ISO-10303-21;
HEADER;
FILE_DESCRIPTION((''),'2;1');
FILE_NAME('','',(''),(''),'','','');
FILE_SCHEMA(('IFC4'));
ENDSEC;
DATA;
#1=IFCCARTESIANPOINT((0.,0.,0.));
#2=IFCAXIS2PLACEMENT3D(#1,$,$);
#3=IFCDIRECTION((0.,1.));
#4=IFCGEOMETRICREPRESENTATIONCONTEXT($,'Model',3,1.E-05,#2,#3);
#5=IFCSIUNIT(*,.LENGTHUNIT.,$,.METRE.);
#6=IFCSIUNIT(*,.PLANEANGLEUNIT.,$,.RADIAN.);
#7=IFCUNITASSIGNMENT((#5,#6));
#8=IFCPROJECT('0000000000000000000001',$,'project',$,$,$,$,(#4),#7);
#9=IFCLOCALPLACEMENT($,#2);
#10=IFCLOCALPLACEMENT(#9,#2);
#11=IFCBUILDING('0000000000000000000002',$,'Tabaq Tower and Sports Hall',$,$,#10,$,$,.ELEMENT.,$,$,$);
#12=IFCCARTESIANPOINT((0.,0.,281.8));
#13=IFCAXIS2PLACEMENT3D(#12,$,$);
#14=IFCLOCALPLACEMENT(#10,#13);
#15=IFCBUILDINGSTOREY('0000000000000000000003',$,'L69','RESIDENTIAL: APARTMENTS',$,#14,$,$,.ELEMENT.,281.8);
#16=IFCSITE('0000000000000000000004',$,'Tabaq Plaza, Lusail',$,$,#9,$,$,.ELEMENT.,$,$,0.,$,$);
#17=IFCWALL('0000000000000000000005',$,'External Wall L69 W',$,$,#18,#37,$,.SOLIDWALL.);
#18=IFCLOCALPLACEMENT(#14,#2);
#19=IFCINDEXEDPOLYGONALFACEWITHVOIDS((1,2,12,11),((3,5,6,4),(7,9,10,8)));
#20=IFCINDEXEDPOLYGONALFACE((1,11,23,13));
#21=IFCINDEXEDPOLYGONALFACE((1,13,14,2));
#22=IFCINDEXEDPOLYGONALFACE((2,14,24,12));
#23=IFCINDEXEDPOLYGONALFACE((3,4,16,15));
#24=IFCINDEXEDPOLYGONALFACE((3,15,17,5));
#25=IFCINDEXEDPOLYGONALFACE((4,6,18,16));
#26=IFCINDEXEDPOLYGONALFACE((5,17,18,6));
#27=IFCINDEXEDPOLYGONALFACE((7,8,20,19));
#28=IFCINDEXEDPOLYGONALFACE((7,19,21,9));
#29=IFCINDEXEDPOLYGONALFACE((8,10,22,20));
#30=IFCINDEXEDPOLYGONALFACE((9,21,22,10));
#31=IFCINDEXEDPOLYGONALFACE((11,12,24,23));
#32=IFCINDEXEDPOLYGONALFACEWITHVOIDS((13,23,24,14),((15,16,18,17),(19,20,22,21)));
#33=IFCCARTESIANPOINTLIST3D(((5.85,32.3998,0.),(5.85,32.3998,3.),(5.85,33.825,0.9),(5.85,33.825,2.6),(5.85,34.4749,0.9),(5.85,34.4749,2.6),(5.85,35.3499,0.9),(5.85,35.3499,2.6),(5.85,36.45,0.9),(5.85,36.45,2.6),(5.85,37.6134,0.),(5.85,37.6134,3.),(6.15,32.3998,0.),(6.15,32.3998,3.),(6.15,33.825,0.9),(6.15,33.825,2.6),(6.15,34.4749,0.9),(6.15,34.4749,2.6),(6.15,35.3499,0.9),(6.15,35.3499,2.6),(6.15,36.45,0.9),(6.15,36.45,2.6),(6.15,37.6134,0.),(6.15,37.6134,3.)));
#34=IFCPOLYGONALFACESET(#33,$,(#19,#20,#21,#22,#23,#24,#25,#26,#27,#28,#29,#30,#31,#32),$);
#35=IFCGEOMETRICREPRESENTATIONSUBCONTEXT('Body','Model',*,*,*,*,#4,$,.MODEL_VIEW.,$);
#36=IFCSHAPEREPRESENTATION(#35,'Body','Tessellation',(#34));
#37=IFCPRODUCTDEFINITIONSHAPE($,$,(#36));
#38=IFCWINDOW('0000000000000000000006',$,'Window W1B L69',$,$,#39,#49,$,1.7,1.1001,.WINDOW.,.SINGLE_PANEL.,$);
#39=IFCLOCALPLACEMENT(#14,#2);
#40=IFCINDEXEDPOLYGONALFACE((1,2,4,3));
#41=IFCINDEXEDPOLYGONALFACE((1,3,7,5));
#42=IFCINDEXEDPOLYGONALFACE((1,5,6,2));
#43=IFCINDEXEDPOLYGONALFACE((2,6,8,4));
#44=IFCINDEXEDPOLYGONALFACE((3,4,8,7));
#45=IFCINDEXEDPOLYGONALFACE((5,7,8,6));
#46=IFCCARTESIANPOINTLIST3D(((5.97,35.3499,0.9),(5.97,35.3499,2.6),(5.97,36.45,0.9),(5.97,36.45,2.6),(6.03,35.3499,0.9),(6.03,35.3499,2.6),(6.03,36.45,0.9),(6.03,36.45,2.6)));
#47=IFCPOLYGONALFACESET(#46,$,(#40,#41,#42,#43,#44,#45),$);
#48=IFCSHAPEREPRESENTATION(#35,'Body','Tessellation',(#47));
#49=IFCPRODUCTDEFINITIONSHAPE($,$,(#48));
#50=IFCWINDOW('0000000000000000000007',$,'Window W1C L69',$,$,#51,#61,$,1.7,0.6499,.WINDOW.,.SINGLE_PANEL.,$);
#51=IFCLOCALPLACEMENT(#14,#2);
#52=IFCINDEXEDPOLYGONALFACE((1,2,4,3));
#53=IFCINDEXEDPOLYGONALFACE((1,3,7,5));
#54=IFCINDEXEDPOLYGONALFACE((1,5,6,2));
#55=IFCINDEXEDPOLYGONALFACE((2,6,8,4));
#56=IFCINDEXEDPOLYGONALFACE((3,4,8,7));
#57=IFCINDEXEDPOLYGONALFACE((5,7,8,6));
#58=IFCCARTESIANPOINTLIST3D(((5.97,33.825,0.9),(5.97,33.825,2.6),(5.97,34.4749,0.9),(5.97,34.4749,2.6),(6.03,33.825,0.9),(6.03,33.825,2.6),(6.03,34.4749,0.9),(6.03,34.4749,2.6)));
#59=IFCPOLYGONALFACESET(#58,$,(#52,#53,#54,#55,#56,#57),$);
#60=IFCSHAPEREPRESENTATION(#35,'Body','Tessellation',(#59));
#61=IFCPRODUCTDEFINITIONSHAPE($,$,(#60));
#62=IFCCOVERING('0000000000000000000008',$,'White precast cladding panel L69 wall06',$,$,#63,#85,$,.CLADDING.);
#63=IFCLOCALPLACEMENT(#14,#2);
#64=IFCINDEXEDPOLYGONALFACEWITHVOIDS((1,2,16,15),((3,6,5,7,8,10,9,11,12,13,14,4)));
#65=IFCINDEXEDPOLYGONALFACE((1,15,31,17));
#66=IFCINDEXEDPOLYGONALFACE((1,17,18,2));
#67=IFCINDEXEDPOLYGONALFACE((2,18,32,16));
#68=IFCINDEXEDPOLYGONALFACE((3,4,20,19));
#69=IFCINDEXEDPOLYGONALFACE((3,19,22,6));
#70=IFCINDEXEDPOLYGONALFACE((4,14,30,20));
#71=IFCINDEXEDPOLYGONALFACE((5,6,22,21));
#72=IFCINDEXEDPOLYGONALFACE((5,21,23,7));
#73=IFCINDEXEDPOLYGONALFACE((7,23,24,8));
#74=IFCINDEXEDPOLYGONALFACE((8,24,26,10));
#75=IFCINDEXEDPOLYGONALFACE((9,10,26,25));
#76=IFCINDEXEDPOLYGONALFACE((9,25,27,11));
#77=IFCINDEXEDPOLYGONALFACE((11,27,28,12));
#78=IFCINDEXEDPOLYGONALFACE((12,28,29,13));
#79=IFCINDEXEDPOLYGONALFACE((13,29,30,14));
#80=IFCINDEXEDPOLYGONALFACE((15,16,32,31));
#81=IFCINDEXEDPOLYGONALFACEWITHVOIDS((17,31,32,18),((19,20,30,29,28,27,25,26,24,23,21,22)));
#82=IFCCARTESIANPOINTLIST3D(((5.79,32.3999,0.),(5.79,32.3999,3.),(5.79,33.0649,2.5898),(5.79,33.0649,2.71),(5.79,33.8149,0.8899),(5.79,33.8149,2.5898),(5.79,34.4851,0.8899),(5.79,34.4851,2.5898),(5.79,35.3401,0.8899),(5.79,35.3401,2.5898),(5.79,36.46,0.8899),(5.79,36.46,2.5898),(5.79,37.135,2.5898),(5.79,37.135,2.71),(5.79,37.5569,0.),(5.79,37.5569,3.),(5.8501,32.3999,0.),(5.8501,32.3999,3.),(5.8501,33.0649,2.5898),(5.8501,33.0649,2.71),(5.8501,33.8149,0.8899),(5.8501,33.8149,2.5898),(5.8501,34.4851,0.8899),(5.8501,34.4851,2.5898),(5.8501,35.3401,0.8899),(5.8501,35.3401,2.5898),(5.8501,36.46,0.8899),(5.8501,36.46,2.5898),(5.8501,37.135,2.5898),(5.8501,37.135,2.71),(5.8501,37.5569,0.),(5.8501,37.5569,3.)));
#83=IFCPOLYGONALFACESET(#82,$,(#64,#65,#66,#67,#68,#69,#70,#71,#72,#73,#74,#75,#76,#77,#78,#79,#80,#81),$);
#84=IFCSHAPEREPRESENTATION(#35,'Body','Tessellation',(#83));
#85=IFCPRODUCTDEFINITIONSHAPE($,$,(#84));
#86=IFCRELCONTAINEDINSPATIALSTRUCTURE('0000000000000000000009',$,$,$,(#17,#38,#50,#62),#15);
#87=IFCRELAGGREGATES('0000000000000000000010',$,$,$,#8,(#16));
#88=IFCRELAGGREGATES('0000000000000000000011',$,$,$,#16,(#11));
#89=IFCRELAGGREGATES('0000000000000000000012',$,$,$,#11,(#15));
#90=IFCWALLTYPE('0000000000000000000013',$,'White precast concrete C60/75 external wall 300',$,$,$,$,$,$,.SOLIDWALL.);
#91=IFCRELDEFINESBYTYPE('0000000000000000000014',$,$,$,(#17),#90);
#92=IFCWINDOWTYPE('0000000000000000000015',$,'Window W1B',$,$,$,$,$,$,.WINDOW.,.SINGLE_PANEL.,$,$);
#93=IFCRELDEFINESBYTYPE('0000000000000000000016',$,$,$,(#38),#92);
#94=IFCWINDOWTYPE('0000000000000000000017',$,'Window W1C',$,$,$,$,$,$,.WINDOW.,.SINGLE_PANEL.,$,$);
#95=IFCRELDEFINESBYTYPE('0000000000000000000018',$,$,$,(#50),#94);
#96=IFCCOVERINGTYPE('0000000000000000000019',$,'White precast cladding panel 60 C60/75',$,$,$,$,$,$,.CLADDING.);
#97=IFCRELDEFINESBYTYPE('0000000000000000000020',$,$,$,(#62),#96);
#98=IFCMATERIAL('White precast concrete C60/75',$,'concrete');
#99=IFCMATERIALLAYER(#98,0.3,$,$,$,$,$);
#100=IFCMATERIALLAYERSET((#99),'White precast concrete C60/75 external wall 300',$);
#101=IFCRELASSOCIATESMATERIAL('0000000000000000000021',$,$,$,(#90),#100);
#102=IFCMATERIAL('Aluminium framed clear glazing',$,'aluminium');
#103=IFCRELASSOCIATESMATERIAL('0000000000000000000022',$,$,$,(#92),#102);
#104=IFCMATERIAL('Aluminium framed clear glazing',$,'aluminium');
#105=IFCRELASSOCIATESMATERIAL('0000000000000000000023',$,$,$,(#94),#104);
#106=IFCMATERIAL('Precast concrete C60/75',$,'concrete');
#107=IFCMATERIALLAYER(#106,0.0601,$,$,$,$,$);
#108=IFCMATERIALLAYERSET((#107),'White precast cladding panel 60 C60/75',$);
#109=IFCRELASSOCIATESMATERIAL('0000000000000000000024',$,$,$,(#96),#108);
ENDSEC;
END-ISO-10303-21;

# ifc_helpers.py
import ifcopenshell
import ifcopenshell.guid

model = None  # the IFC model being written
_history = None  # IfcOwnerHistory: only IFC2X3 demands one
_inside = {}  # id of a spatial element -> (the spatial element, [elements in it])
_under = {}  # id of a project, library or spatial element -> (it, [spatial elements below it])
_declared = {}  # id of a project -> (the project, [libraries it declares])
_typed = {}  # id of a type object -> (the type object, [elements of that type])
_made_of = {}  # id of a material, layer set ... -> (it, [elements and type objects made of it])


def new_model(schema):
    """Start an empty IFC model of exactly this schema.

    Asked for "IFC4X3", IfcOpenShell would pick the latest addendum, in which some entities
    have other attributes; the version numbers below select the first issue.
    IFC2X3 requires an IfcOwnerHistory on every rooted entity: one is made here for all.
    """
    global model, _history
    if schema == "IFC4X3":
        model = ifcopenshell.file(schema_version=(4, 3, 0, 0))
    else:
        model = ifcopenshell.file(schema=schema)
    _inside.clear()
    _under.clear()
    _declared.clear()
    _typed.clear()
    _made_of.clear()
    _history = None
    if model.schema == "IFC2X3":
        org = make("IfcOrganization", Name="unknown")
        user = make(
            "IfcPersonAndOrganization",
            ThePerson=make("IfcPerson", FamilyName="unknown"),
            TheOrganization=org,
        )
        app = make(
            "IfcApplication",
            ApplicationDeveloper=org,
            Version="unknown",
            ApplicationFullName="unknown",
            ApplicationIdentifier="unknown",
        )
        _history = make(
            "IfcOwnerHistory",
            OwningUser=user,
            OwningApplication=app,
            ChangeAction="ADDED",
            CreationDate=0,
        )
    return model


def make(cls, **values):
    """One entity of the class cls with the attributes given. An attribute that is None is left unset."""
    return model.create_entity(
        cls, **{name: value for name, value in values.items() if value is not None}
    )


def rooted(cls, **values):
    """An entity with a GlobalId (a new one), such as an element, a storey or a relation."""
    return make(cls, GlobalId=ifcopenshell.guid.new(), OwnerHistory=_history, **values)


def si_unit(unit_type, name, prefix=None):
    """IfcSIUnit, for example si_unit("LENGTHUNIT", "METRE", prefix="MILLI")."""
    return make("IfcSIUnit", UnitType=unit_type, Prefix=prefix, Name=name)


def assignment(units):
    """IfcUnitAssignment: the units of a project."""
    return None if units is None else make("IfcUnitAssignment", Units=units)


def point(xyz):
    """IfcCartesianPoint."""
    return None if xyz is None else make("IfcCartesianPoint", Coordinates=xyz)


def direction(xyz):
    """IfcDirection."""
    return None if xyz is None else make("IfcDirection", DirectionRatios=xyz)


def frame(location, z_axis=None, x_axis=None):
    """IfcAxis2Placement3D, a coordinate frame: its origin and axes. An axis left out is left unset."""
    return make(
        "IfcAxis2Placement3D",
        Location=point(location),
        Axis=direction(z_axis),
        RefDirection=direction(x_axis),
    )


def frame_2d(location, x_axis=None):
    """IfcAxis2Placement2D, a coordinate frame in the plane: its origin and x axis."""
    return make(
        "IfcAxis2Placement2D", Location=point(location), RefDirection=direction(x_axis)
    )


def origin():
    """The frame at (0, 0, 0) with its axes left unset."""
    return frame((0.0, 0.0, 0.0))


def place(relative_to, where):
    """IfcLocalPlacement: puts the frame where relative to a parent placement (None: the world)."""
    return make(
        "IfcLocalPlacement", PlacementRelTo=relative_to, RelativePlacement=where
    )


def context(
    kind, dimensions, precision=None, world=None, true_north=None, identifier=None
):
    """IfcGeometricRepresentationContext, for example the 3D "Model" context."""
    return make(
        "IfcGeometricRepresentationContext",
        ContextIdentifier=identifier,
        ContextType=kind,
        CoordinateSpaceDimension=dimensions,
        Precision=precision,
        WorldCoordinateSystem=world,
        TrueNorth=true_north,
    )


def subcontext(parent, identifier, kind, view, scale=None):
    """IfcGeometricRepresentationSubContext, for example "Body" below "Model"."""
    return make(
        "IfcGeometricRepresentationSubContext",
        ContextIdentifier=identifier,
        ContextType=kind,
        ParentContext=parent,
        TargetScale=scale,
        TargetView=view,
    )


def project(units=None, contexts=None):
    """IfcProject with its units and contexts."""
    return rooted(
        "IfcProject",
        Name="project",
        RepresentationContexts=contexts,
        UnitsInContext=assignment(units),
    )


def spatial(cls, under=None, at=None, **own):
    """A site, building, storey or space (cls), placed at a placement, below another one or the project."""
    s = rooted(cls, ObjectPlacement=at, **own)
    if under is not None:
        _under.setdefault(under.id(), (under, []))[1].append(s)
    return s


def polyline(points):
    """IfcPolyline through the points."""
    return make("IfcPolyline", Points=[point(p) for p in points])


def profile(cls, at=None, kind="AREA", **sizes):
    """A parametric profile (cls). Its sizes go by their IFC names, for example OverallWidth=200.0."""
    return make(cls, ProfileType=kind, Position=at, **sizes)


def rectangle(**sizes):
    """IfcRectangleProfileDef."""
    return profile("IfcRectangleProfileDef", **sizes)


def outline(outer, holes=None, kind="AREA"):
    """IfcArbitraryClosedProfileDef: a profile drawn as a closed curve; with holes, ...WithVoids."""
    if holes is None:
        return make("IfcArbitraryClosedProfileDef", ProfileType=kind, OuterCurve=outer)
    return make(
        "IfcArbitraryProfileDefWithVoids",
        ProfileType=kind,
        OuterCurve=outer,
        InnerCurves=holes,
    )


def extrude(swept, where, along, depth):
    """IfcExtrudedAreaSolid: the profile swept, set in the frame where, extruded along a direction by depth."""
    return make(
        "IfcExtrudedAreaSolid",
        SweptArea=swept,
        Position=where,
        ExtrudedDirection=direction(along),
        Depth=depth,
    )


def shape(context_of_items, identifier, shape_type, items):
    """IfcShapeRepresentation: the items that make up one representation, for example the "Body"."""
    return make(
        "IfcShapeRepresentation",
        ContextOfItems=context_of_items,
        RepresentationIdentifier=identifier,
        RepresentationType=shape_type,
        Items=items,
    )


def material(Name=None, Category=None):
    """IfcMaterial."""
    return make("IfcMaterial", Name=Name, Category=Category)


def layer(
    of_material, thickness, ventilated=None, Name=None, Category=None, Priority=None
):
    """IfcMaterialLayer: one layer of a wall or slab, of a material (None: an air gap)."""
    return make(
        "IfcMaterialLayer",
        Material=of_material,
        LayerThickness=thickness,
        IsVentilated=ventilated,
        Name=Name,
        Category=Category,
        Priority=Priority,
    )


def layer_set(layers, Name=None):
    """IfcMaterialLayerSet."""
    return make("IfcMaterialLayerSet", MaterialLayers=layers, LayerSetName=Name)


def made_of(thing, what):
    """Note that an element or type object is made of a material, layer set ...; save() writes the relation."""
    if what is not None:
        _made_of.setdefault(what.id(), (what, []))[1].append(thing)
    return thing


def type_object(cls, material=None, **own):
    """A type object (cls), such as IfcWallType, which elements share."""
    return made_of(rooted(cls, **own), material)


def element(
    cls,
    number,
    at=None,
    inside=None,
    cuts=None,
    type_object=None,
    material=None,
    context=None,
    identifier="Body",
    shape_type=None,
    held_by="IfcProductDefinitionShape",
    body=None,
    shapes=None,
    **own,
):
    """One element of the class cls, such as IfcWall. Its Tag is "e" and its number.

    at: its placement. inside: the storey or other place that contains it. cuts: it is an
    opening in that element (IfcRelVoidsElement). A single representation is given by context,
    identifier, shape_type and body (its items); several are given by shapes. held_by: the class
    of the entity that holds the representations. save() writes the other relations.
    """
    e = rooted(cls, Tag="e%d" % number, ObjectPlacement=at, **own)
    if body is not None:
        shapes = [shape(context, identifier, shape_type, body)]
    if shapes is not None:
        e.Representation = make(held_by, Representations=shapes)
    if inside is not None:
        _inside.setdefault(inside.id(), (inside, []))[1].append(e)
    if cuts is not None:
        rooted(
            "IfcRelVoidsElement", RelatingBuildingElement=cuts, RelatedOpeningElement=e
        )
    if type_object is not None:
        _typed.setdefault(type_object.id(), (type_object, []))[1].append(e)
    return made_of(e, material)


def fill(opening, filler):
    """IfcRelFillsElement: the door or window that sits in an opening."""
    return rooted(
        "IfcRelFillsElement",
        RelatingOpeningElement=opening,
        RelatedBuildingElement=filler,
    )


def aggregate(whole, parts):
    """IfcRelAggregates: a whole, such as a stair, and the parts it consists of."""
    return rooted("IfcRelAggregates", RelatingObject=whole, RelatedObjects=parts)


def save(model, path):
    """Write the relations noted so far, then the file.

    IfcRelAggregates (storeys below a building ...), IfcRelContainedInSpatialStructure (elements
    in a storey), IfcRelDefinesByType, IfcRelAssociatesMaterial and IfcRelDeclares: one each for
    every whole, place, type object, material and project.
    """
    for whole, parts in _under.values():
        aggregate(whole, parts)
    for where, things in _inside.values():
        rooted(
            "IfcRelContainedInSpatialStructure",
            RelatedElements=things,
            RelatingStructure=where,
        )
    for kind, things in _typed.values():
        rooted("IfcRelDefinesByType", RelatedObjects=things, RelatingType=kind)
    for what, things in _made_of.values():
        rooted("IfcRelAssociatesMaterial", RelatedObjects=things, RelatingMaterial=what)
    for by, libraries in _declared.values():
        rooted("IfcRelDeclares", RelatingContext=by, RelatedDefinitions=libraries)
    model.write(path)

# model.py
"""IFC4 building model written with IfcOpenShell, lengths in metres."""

from ifc_helpers import new_model, si_unit, direction, frame, frame_2d, origin, place, context, subcontext, project, spatial, polyline, rectangle, outline, extrude, material, layer, layer_set, type_object, element, fill, save


model = new_model("IFC4")

# Units and contexts
model_context = context("Model", 3, precision=1e-05, world=origin(), true_north=direction((0.0, 1.0)))
body_context = subcontext(model_context, "Body", "Model", "MODEL_VIEW")
ifc_project = project(units=[si_unit("LENGTHUNIT", "METRE"), si_unit("PLANEANGLEUNIT", "RADIAN")], contexts=[model_context])

# Site, building, storey
site_placement = place(None, origin())
site = spatial("IfcSite", under=ifc_project, at=site_placement, Name="Tabaq Plaza, Lusail", CompositionType="ELEMENT", RefElevation=0.0)
building_placement = place(site_placement, origin())
building = spatial("IfcBuilding", under=site, at=building_placement, Name="Tabaq Tower and Sports Hall", CompositionType="ELEMENT")
storey_placement = place(building_placement, frame((0.0, 0.0, 281.8)))
storey = spatial("IfcBuildingStorey", under=building, at=storey_placement, Name="L69", Description="RESIDENTIAL: APARTMENTS", CompositionType="ELEMENT", Elevation=281.8)

# Wall, openings, windows
ifc_material_1 = material(Name="White precast concrete C60/75", Category="concrete")
ifc_layer_1 = layer(ifc_material_1, 0.3)
ifc_layer_set_1 = layer_set([ifc_layer_1], Name="White precast concrete C60/75 external wall 300")
wall_type_1 = type_object("IfcWallType", Name="White precast concrete C60/75 external wall 300", PredefinedType="SOLIDWALL", material=ifc_layer_set_1)
wall_1_placement = place(storey_placement, frame((6.0, 37.6135, 0.0), z_axis=(0.0, 0.0, 1.0), x_axis=(0.0, -1.0, 0.0)))
wall_1 = element("IfcWall", 1, at=wall_1_placement, inside=storey, type_object=wall_type_1, Name="External Wall L69 W", PredefinedType="SOLIDWALL", context=body_context, shape_type="SweptSolid", body=[
    extrude(rectangle(XDim=5.2136, YDim=0.3, at=frame_2d((2.6069, 0.0))), origin(), (0.0, 0.0, 1.0), 3.0),
])
opening_1_placement = place(wall_1_placement, frame((1.1636, 0.0, 0.8999)))
opening_1 = element("IfcOpeningElement", 2, at=opening_1_placement, cuts=wall_1, PredefinedType="OPENING", context=body_context, shape_type="SweptSolid", body=[
    extrude(rectangle(XDim=1.1001, YDim=1.7, at=frame_2d((0.55, 0.8501))), frame((0.0, 0.1602, 0.0), z_axis=(0.0, -1.0, 0.0), x_axis=(1.0, 0.0, 0.0)), (0.0, 0.0, 1.0), 0.3201),
])
opening_2_placement = place(wall_1_placement, frame((3.1387, 0.0, 0.8999)))
opening_2 = element("IfcOpeningElement", 3, at=opening_2_placement, cuts=wall_1, PredefinedType="OPENING", context=body_context, shape_type="SweptSolid", body=[
    extrude(rectangle(XDim=0.6499, YDim=1.7, at=frame_2d((0.325, 0.8501))), frame((0.0, 0.1602, 0.0), z_axis=(0.0, -1.0, 0.0), x_axis=(1.0, 0.0, 0.0)), (0.0, 0.0, 1.0), 0.3201),
])
ifc_material_2 = material(Name="Aluminium framed clear glazing", Category="aluminium")
window_type_1 = type_object("IfcWindowType", Name="Window W1B", PartitioningType="SINGLE_PANEL", PredefinedType="WINDOW", material=ifc_material_2)
window_1_placement = place(opening_1_placement, origin())
window_1 = element("IfcWindow", 4, at=window_1_placement, inside=storey, type_object=window_type_1, Name="Window W1B L69", OverallHeight=1.7, OverallWidth=1.1001, PartitioningType="SINGLE_PANEL", PredefinedType="WINDOW", context=body_context, shape_type="SweptSolid", body=[
    extrude(rectangle(XDim=1.1001, YDim=1.7, at=frame_2d((0.55, 0.8501))), frame((0.0, 0.03, 0.0), z_axis=(0.0, -1.0, 0.0), x_axis=(1.0, 0.0, 0.0)), (0.0, 0.0, 1.0), 0.0601),
])
fill(opening_1, window_1)
ifc_material_3 = material(Name="Aluminium framed clear glazing", Category="aluminium")
window_type_2 = type_object("IfcWindowType", Name="Window W1C", PartitioningType="SINGLE_PANEL", PredefinedType="WINDOW", material=ifc_material_3)
window_2_placement = place(opening_2_placement, origin())
window_2 = element("IfcWindow", 5, at=window_2_placement, inside=storey, type_object=window_type_2, Name="Window W1C L69", OverallHeight=1.7, OverallWidth=0.6499, PartitioningType="SINGLE_PANEL", PredefinedType="WINDOW", context=body_context, shape_type="SweptSolid", body=[
    extrude(rectangle(XDim=0.6499, YDim=1.7, at=frame_2d((0.325, 0.8501))), frame((0.0, 0.03, 0.0), z_axis=(0.0, -1.0, 0.0), x_axis=(1.0, 0.0, 0.0)), (0.0, 0.0, 1.0), 0.0601),
])
fill(opening_2, window_2)

# Covering
ifc_material_4 = material(Name="Precast concrete C60/75", Category="concrete")
ifc_layer_2 = layer(ifc_material_4, 0.0601)
ifc_layer_set_2 = layer_set([ifc_layer_2], Name="White precast cladding panel 60 C60/75")
covering_type = type_object("IfcCoveringType", Name="White precast cladding panel 60 C60/75", PredefinedType="CLADDING", material=ifc_layer_set_2)
covering_placement = place(storey_placement, frame((5.8201, 37.5569, 0.0), z_axis=(0.0, 0.0, 1.0), x_axis=(0.0, -1.0, 0.0)))
element("IfcCovering", 6, at=covering_placement, inside=storey, type_object=covering_type, Name="White precast cladding panel L69 wall06", PredefinedType="CLADDING", context=body_context, shape_type="SweptSolid", body=[
    extrude(outline(polyline([(0.0, 0.0), (5.157, 0.0), (5.157, 3.0), (0.0, 3.0), (0.0, 0.0)]), holes=[polyline([(1.0969, 2.5898), (0.4219, 2.5898), (0.4219, 2.71), (4.4919, 2.71), (4.4919, 2.5898), (3.7419, 2.5898), (3.7419, 0.8899), (3.0718, 0.8899), (3.0718, 2.5898), (2.2168, 2.5898), (2.2168, 0.8899), (1.0969, 0.8899), (1.0969, 2.5898)])]), frame((0.0, 0.03, 0.0), z_axis=(0.0, -1.0, 0.0), x_axis=(1.0, 0.0, 0.0)), (0.0, 0.0, 1.0), 0.0601),
])

save(model, "model.ifc")
